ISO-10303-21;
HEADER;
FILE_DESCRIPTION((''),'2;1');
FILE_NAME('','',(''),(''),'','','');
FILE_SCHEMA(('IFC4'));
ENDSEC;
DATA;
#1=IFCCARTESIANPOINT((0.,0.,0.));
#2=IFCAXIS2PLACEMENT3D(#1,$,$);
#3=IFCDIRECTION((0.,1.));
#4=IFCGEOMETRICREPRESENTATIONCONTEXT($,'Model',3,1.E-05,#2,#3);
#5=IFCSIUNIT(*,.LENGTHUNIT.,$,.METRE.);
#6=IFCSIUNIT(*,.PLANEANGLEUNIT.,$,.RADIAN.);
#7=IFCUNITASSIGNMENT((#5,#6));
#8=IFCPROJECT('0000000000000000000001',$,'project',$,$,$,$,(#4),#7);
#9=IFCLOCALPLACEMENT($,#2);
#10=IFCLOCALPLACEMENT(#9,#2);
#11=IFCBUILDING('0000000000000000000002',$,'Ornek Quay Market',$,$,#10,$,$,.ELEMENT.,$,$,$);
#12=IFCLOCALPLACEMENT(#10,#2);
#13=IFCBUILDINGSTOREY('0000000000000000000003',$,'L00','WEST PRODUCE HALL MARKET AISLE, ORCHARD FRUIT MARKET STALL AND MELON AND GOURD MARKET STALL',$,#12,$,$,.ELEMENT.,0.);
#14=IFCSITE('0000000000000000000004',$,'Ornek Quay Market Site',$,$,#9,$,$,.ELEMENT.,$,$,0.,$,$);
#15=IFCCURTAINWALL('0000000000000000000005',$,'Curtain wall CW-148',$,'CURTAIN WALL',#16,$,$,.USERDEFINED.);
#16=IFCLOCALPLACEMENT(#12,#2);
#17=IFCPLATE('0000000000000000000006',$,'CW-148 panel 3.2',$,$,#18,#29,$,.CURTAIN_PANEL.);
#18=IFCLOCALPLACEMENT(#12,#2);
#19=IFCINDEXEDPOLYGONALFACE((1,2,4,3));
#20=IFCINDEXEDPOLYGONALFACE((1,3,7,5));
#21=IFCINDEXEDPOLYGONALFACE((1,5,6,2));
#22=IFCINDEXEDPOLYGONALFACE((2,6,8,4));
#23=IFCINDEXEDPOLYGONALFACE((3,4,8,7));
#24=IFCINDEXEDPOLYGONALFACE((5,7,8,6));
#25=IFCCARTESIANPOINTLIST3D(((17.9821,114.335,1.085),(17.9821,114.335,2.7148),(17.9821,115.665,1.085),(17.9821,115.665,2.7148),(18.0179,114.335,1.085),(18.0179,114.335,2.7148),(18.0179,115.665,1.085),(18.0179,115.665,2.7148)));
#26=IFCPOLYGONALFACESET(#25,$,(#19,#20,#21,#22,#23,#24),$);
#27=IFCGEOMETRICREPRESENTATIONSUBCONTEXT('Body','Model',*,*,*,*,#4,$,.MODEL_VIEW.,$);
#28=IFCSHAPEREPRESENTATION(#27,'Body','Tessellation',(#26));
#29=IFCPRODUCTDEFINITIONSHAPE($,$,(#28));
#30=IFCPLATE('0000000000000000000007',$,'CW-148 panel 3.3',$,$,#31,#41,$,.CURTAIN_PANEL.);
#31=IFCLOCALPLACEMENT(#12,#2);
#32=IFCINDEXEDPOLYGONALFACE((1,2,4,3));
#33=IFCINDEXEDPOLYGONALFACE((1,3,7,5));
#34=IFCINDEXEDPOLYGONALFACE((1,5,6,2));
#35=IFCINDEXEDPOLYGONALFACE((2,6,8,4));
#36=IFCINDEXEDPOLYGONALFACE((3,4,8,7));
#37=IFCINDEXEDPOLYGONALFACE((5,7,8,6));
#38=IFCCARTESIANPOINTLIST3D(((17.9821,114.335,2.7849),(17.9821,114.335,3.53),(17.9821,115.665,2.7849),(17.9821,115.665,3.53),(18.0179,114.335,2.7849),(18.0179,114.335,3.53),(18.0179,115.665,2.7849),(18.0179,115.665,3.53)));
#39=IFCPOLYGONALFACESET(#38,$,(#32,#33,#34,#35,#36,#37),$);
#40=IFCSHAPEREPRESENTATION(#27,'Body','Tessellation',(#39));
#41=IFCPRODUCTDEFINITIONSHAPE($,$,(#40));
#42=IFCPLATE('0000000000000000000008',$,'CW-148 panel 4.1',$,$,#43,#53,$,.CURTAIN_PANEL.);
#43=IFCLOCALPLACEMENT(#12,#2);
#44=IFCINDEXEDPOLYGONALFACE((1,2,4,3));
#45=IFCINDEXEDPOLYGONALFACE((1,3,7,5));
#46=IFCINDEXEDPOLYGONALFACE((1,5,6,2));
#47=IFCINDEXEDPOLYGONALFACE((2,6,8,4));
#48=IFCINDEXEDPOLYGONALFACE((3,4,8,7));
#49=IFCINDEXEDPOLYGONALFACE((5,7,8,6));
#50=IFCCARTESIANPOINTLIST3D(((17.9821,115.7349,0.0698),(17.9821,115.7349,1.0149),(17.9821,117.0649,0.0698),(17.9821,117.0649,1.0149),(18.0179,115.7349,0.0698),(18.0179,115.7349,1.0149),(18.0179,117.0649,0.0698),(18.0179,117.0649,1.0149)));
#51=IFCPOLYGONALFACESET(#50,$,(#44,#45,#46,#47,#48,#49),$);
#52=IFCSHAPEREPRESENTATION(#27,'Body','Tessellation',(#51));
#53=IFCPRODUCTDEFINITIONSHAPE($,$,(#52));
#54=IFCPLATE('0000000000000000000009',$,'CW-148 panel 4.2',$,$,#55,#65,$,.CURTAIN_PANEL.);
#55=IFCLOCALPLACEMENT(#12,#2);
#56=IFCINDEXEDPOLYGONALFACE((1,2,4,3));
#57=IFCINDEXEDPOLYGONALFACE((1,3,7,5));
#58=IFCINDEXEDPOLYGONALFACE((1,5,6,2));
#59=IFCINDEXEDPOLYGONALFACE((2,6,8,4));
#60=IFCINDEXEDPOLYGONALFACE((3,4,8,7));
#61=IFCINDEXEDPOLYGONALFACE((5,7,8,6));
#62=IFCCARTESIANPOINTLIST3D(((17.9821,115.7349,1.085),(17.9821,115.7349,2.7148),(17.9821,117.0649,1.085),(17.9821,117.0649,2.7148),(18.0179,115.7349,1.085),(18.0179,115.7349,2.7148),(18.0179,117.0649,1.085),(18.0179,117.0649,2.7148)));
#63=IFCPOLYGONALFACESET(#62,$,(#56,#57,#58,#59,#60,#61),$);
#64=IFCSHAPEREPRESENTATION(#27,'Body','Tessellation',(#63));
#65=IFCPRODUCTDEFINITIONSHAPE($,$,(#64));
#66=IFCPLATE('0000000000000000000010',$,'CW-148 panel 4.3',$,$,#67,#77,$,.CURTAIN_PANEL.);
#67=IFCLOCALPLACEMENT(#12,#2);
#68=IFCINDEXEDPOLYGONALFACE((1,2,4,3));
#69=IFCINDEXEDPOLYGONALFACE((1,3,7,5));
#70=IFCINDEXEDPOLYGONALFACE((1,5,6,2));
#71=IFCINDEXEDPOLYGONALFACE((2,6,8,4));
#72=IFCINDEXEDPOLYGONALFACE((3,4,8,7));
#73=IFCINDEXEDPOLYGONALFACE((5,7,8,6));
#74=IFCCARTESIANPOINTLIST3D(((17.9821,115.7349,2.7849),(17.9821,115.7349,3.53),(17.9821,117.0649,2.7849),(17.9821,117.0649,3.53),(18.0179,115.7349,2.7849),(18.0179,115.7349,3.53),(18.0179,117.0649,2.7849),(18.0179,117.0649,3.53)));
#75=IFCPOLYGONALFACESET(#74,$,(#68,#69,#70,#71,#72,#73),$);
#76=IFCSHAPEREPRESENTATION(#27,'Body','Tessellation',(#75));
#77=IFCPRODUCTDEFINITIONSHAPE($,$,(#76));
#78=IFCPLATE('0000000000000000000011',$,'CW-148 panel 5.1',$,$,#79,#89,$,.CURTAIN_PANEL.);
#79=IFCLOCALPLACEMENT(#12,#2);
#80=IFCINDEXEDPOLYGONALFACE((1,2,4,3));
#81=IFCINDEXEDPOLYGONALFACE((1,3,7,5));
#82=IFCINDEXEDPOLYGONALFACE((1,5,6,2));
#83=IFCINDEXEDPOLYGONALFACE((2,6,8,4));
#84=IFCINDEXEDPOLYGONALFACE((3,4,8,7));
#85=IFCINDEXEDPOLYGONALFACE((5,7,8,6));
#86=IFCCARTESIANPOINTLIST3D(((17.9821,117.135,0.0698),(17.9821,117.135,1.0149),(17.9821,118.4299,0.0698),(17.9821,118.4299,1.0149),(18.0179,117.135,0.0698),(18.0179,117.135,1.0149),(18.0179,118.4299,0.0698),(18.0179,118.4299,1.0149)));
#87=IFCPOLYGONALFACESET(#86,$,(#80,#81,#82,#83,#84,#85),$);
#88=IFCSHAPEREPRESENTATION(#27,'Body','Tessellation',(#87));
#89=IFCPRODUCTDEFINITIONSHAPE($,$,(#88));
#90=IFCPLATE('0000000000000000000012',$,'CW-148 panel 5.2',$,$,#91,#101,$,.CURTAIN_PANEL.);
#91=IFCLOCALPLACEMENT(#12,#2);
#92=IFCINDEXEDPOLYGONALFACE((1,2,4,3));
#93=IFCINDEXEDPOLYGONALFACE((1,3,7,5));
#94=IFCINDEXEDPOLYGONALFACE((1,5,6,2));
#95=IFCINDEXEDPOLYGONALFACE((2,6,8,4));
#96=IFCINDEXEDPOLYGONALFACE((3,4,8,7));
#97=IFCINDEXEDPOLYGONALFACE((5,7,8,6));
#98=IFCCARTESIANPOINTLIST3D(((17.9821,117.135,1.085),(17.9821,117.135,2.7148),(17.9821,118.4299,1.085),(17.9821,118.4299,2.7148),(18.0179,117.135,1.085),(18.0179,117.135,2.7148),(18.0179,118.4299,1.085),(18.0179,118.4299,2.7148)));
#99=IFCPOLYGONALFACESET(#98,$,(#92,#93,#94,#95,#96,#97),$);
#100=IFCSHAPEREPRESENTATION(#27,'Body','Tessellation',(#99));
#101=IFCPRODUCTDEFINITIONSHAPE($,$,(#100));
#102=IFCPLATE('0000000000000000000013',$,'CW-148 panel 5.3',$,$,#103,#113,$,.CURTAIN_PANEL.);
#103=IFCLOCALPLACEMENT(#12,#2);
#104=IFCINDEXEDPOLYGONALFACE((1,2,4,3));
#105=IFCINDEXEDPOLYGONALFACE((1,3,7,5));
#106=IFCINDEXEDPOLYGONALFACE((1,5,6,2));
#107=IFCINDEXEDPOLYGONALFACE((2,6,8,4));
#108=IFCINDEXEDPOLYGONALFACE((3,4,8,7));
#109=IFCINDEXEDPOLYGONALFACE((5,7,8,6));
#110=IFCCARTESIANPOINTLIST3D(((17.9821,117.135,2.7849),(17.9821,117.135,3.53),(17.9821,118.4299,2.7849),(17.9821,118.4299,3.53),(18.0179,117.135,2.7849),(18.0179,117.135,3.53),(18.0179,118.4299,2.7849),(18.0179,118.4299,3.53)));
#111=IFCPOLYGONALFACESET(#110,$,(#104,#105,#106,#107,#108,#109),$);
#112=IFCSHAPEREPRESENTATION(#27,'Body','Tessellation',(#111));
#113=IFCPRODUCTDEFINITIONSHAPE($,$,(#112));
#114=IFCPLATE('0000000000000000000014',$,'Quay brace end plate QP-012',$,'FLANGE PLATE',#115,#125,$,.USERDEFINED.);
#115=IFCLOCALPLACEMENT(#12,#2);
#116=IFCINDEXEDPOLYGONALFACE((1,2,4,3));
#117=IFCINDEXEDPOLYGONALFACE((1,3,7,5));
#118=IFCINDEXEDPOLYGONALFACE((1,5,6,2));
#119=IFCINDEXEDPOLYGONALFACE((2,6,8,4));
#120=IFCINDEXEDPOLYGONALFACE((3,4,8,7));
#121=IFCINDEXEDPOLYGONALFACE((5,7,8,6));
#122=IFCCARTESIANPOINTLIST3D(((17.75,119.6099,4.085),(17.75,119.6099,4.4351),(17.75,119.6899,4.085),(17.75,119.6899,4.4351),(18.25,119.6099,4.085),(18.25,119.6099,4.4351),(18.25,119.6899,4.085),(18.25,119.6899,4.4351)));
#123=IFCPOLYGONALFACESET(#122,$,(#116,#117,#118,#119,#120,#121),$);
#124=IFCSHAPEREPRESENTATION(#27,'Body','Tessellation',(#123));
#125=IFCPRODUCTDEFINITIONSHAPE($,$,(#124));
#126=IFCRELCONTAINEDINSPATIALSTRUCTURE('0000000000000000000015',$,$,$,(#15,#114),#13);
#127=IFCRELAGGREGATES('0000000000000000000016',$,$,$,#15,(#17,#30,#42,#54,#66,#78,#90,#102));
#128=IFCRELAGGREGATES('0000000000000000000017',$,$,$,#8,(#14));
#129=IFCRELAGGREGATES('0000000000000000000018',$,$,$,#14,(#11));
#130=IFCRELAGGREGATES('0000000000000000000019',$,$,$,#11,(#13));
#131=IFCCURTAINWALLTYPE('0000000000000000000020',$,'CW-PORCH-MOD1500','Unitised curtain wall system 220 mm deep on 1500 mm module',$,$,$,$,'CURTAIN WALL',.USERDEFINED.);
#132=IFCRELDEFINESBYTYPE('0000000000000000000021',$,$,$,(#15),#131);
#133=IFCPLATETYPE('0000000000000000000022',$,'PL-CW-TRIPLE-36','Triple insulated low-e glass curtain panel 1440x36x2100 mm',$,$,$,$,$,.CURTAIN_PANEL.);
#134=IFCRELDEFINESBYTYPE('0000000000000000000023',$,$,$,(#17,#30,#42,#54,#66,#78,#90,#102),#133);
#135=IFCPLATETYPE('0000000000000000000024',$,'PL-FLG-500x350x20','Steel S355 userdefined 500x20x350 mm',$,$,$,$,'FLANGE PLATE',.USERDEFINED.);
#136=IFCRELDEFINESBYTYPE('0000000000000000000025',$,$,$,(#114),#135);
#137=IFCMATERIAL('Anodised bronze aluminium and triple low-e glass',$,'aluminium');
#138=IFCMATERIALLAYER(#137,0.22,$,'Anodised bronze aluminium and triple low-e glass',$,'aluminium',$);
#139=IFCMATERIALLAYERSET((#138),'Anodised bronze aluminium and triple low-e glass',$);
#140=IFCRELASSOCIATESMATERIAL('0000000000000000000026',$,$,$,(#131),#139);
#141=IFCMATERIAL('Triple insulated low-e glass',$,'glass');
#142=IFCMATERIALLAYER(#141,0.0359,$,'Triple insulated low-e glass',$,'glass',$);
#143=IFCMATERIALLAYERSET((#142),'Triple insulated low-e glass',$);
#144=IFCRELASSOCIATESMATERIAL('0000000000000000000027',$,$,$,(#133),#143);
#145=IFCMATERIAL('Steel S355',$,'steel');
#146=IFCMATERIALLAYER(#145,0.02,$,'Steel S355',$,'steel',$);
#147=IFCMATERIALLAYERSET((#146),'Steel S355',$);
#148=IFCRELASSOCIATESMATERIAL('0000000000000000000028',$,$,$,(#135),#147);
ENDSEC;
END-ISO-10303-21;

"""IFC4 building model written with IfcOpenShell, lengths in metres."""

from ifc_helpers import new_model, si_unit, direction, frame, origin, origin_2d, place, context, subcontext, project, spatial, rectangle, extrude, material, layer, layer_set, type_object, element, aggregate, save


model = new_model("IFC4")

# Units and contexts
model_context = context("Model", 3, precision=1e-05, world=origin(), true_north=direction((0.0, 1.0)))
body_context = subcontext(model_context, "Body", "Model", "MODEL_VIEW")
ifc_project = project(units=[si_unit("LENGTHUNIT", "METRE"), si_unit("PLANEANGLEUNIT", "RADIAN")], contexts=[model_context])

# Site, building, storey
site_placement = place(None, origin())
site = spatial("IfcSite", under=ifc_project, at=site_placement, Name="Ornek Quay Market Site", CompositionType="ELEMENT", RefElevation=0.0)
building_placement = place(site_placement, origin())
building = spatial("IfcBuilding", under=site, at=building_placement, Name="Ornek Quay Market", CompositionType="ELEMENT")
storey_placement = place(building_placement, origin())
storey = spatial("IfcBuildingStorey", under=building, at=storey_placement, Name="L00", Description="WEST PRODUCE HALL MARKET AISLE, ORCHARD FRUIT MARKET STALL AND MELON AND GOURD MARKET STALL", CompositionType="ELEMENT", Elevation=0.0)

# Curtain wall, plates
ifc_material_1 = material(Name="Anodised bronze aluminium and triple low-e glass", Category="aluminium")
ifc_layer_1 = layer(ifc_material_1, 0.22, Name="Anodised bronze aluminium and triple low-e glass", Category="aluminium")
ifc_layer_set_1 = layer_set([ifc_layer_1], Name="Anodised bronze aluminium and triple low-e glass")
curtain_wall_type = type_object("IfcCurtainWallType", Name="CW-PORCH-MOD1500", Description="Unitised curtain wall system 220 mm deep on 1500 mm module", ElementType="CURTAIN WALL", PredefinedType="USERDEFINED", material=ifc_layer_set_1)
curtain_wall_placement = place(storey_placement, origin())
curtain_wall = element("IfcCurtainWall", 1, at=curtain_wall_placement, inside=storey, type_object=curtain_wall_type, Name="Curtain wall CW-148", ObjectType="CURTAIN WALL", PredefinedType="USERDEFINED")
ifc_material_2 = material(Name="Triple insulated low-e glass", Category="glass")
ifc_layer_2 = layer(ifc_material_2, 0.0359, Name="Triple insulated low-e glass", Category="glass")
ifc_layer_set_2 = layer_set([ifc_layer_2], Name="Triple insulated low-e glass")
plate_type_1 = type_object("IfcPlateType", Name="PL-CW-TRIPLE-36", Description="Triple insulated low-e glass curtain panel 1440x36x2100 mm", PredefinedType="CURTAIN_PANEL", material=ifc_layer_set_2)
plate_1_placement = place(storey_placement, frame((18.0, 115.0, 1.085), z_axis=(0.0, 0.0, 1.0), x_axis=(0.0, 1.0, 0.0)))
plate_1 = element("IfcPlate", 2, at=plate_1_placement, type_object=plate_type_1, Name="CW-148 panel 3.2", PredefinedType="CURTAIN_PANEL", context=body_context, shape_type="SweptSolid", body=[
    extrude(rectangle(XDim=1.3301, YDim=0.0359, at=origin_2d()), origin(), (0.0, 0.0, 1.0), 1.6299),
])
plate_2_placement = place(storey_placement, frame((18.0, 115.0, 2.7849), z_axis=(0.0, 0.0, 1.0), x_axis=(0.0, 1.0, 0.0)))
plate_2 = element("IfcPlate", 3, at=plate_2_placement, type_object=plate_type_1, Name="CW-148 panel 3.3", PredefinedType="CURTAIN_PANEL", context=body_context, shape_type="SweptSolid", body=[
    extrude(rectangle(XDim=1.3301, YDim=0.0359, at=origin_2d()), origin(), (0.0, 0.0, 1.0), 0.7451),
])
plate_3_placement = place(storey_placement, frame((18.0, 116.3999, 0.0698), z_axis=(0.0, 0.0, 1.0), x_axis=(0.0, 1.0, 0.0)))
plate_3 = element("IfcPlate", 4, at=plate_3_placement, type_object=plate_type_1, Name="CW-148 panel 4.1", PredefinedType="CURTAIN_PANEL", context=body_context, shape_type="SweptSolid", body=[
    extrude(rectangle(XDim=1.3301, YDim=0.0359, at=origin_2d()), origin(), (0.0, 0.0, 1.0), 0.9451),
])
plate_4_placement = place(storey_placement, frame((18.0, 116.3999, 1.085), z_axis=(0.0, 0.0, 1.0), x_axis=(0.0, 1.0, 0.0)))
plate_4 = element("IfcPlate", 5, at=plate_4_placement, type_object=plate_type_1, Name="CW-148 panel 4.2", PredefinedType="CURTAIN_PANEL", context=body_context, shape_type="SweptSolid", body=[
    extrude(rectangle(XDim=1.3301, YDim=0.0359, at=origin_2d()), origin(), (0.0, 0.0, 1.0), 1.6299),
])
plate_5_placement = place(storey_placement, frame((18.0, 116.3999, 2.7849), z_axis=(0.0, 0.0, 1.0), x_axis=(0.0, 1.0, 0.0)))
plate_5 = element("IfcPlate", 6, at=plate_5_placement, type_object=plate_type_1, Name="CW-148 panel 4.3", PredefinedType="CURTAIN_PANEL", context=body_context, shape_type="SweptSolid", body=[
    extrude(rectangle(XDim=1.3301, YDim=0.0359, at=origin_2d()), origin(), (0.0, 0.0, 1.0), 0.7451),
])
plate_6_placement = place(storey_placement, frame((18.0, 117.7825, 0.0698), z_axis=(0.0, 0.0, 1.0), x_axis=(0.0, 1.0, 0.0)))
plate_6 = element("IfcPlate", 7, at=plate_6_placement, type_object=plate_type_1, Name="CW-148 panel 5.1", PredefinedType="CURTAIN_PANEL", context=body_context, shape_type="SweptSolid", body=[
    extrude(rectangle(XDim=1.2949, YDim=0.0359, at=origin_2d()), origin(), (0.0, 0.0, 1.0), 0.9451),
])
plate_7_placement = place(storey_placement, frame((18.0, 117.7825, 1.085), z_axis=(0.0, 0.0, 1.0), x_axis=(0.0, 1.0, 0.0)))
plate_7 = element("IfcPlate", 8, at=plate_7_placement, type_object=plate_type_1, Name="CW-148 panel 5.2", PredefinedType="CURTAIN_PANEL", context=body_context, shape_type="SweptSolid", body=[
    extrude(rectangle(XDim=1.2949, YDim=0.0359, at=origin_2d()), origin(), (0.0, 0.0, 1.0), 1.6299),
])
plate_8_placement = place(storey_placement, frame((18.0, 117.7825, 2.7849), z_axis=(0.0, 0.0, 1.0), x_axis=(0.0, 1.0, 0.0)))
plate_8 = element("IfcPlate", 9, at=plate_8_placement, type_object=plate_type_1, Name="CW-148 panel 5.3", PredefinedType="CURTAIN_PANEL", context=body_context, shape_type="SweptSolid", body=[
    extrude(rectangle(XDim=1.2949, YDim=0.0359, at=origin_2d()), origin(), (0.0, 0.0, 1.0), 0.7451),
])
aggregate(curtain_wall, [plate_1, plate_2, plate_3, plate_4, plate_5, plate_6, plate_7, plate_8])

# Plate
ifc_material_3 = material(Name="Steel S355", Category="steel")
ifc_layer_3 = layer(ifc_material_3, 0.02, Name="Steel S355", Category="steel")
ifc_layer_set_3 = layer_set([ifc_layer_3], Name="Steel S355")
plate_type_2 = type_object("IfcPlateType", Name="PL-FLG-500x350x20", Description="Steel S355 userdefined 500x20x350 mm", ElementType="FLANGE PLATE", PredefinedType="USERDEFINED", material=ifc_layer_set_3)
plate_9_placement = place(storey_placement, frame((18.0, 119.6499, 4.085), z_axis=(0.0, 0.0, 1.0), x_axis=(1.0, 0.0, 0.0)))
element("IfcPlate", 10, at=plate_9_placement, inside=storey, type_object=plate_type_2, Name="Quay brace end plate QP-012", ObjectType="FLANGE PLATE", PredefinedType="USERDEFINED", context=body_context, shape_type="SweptSolid", body=[
    extrude(rectangle(XDim=0.5, YDim=0.0801, at=origin_2d()), origin(), (0.0, 0.0, 1.0), 0.3501),
])

save(model, "model.ifc")
